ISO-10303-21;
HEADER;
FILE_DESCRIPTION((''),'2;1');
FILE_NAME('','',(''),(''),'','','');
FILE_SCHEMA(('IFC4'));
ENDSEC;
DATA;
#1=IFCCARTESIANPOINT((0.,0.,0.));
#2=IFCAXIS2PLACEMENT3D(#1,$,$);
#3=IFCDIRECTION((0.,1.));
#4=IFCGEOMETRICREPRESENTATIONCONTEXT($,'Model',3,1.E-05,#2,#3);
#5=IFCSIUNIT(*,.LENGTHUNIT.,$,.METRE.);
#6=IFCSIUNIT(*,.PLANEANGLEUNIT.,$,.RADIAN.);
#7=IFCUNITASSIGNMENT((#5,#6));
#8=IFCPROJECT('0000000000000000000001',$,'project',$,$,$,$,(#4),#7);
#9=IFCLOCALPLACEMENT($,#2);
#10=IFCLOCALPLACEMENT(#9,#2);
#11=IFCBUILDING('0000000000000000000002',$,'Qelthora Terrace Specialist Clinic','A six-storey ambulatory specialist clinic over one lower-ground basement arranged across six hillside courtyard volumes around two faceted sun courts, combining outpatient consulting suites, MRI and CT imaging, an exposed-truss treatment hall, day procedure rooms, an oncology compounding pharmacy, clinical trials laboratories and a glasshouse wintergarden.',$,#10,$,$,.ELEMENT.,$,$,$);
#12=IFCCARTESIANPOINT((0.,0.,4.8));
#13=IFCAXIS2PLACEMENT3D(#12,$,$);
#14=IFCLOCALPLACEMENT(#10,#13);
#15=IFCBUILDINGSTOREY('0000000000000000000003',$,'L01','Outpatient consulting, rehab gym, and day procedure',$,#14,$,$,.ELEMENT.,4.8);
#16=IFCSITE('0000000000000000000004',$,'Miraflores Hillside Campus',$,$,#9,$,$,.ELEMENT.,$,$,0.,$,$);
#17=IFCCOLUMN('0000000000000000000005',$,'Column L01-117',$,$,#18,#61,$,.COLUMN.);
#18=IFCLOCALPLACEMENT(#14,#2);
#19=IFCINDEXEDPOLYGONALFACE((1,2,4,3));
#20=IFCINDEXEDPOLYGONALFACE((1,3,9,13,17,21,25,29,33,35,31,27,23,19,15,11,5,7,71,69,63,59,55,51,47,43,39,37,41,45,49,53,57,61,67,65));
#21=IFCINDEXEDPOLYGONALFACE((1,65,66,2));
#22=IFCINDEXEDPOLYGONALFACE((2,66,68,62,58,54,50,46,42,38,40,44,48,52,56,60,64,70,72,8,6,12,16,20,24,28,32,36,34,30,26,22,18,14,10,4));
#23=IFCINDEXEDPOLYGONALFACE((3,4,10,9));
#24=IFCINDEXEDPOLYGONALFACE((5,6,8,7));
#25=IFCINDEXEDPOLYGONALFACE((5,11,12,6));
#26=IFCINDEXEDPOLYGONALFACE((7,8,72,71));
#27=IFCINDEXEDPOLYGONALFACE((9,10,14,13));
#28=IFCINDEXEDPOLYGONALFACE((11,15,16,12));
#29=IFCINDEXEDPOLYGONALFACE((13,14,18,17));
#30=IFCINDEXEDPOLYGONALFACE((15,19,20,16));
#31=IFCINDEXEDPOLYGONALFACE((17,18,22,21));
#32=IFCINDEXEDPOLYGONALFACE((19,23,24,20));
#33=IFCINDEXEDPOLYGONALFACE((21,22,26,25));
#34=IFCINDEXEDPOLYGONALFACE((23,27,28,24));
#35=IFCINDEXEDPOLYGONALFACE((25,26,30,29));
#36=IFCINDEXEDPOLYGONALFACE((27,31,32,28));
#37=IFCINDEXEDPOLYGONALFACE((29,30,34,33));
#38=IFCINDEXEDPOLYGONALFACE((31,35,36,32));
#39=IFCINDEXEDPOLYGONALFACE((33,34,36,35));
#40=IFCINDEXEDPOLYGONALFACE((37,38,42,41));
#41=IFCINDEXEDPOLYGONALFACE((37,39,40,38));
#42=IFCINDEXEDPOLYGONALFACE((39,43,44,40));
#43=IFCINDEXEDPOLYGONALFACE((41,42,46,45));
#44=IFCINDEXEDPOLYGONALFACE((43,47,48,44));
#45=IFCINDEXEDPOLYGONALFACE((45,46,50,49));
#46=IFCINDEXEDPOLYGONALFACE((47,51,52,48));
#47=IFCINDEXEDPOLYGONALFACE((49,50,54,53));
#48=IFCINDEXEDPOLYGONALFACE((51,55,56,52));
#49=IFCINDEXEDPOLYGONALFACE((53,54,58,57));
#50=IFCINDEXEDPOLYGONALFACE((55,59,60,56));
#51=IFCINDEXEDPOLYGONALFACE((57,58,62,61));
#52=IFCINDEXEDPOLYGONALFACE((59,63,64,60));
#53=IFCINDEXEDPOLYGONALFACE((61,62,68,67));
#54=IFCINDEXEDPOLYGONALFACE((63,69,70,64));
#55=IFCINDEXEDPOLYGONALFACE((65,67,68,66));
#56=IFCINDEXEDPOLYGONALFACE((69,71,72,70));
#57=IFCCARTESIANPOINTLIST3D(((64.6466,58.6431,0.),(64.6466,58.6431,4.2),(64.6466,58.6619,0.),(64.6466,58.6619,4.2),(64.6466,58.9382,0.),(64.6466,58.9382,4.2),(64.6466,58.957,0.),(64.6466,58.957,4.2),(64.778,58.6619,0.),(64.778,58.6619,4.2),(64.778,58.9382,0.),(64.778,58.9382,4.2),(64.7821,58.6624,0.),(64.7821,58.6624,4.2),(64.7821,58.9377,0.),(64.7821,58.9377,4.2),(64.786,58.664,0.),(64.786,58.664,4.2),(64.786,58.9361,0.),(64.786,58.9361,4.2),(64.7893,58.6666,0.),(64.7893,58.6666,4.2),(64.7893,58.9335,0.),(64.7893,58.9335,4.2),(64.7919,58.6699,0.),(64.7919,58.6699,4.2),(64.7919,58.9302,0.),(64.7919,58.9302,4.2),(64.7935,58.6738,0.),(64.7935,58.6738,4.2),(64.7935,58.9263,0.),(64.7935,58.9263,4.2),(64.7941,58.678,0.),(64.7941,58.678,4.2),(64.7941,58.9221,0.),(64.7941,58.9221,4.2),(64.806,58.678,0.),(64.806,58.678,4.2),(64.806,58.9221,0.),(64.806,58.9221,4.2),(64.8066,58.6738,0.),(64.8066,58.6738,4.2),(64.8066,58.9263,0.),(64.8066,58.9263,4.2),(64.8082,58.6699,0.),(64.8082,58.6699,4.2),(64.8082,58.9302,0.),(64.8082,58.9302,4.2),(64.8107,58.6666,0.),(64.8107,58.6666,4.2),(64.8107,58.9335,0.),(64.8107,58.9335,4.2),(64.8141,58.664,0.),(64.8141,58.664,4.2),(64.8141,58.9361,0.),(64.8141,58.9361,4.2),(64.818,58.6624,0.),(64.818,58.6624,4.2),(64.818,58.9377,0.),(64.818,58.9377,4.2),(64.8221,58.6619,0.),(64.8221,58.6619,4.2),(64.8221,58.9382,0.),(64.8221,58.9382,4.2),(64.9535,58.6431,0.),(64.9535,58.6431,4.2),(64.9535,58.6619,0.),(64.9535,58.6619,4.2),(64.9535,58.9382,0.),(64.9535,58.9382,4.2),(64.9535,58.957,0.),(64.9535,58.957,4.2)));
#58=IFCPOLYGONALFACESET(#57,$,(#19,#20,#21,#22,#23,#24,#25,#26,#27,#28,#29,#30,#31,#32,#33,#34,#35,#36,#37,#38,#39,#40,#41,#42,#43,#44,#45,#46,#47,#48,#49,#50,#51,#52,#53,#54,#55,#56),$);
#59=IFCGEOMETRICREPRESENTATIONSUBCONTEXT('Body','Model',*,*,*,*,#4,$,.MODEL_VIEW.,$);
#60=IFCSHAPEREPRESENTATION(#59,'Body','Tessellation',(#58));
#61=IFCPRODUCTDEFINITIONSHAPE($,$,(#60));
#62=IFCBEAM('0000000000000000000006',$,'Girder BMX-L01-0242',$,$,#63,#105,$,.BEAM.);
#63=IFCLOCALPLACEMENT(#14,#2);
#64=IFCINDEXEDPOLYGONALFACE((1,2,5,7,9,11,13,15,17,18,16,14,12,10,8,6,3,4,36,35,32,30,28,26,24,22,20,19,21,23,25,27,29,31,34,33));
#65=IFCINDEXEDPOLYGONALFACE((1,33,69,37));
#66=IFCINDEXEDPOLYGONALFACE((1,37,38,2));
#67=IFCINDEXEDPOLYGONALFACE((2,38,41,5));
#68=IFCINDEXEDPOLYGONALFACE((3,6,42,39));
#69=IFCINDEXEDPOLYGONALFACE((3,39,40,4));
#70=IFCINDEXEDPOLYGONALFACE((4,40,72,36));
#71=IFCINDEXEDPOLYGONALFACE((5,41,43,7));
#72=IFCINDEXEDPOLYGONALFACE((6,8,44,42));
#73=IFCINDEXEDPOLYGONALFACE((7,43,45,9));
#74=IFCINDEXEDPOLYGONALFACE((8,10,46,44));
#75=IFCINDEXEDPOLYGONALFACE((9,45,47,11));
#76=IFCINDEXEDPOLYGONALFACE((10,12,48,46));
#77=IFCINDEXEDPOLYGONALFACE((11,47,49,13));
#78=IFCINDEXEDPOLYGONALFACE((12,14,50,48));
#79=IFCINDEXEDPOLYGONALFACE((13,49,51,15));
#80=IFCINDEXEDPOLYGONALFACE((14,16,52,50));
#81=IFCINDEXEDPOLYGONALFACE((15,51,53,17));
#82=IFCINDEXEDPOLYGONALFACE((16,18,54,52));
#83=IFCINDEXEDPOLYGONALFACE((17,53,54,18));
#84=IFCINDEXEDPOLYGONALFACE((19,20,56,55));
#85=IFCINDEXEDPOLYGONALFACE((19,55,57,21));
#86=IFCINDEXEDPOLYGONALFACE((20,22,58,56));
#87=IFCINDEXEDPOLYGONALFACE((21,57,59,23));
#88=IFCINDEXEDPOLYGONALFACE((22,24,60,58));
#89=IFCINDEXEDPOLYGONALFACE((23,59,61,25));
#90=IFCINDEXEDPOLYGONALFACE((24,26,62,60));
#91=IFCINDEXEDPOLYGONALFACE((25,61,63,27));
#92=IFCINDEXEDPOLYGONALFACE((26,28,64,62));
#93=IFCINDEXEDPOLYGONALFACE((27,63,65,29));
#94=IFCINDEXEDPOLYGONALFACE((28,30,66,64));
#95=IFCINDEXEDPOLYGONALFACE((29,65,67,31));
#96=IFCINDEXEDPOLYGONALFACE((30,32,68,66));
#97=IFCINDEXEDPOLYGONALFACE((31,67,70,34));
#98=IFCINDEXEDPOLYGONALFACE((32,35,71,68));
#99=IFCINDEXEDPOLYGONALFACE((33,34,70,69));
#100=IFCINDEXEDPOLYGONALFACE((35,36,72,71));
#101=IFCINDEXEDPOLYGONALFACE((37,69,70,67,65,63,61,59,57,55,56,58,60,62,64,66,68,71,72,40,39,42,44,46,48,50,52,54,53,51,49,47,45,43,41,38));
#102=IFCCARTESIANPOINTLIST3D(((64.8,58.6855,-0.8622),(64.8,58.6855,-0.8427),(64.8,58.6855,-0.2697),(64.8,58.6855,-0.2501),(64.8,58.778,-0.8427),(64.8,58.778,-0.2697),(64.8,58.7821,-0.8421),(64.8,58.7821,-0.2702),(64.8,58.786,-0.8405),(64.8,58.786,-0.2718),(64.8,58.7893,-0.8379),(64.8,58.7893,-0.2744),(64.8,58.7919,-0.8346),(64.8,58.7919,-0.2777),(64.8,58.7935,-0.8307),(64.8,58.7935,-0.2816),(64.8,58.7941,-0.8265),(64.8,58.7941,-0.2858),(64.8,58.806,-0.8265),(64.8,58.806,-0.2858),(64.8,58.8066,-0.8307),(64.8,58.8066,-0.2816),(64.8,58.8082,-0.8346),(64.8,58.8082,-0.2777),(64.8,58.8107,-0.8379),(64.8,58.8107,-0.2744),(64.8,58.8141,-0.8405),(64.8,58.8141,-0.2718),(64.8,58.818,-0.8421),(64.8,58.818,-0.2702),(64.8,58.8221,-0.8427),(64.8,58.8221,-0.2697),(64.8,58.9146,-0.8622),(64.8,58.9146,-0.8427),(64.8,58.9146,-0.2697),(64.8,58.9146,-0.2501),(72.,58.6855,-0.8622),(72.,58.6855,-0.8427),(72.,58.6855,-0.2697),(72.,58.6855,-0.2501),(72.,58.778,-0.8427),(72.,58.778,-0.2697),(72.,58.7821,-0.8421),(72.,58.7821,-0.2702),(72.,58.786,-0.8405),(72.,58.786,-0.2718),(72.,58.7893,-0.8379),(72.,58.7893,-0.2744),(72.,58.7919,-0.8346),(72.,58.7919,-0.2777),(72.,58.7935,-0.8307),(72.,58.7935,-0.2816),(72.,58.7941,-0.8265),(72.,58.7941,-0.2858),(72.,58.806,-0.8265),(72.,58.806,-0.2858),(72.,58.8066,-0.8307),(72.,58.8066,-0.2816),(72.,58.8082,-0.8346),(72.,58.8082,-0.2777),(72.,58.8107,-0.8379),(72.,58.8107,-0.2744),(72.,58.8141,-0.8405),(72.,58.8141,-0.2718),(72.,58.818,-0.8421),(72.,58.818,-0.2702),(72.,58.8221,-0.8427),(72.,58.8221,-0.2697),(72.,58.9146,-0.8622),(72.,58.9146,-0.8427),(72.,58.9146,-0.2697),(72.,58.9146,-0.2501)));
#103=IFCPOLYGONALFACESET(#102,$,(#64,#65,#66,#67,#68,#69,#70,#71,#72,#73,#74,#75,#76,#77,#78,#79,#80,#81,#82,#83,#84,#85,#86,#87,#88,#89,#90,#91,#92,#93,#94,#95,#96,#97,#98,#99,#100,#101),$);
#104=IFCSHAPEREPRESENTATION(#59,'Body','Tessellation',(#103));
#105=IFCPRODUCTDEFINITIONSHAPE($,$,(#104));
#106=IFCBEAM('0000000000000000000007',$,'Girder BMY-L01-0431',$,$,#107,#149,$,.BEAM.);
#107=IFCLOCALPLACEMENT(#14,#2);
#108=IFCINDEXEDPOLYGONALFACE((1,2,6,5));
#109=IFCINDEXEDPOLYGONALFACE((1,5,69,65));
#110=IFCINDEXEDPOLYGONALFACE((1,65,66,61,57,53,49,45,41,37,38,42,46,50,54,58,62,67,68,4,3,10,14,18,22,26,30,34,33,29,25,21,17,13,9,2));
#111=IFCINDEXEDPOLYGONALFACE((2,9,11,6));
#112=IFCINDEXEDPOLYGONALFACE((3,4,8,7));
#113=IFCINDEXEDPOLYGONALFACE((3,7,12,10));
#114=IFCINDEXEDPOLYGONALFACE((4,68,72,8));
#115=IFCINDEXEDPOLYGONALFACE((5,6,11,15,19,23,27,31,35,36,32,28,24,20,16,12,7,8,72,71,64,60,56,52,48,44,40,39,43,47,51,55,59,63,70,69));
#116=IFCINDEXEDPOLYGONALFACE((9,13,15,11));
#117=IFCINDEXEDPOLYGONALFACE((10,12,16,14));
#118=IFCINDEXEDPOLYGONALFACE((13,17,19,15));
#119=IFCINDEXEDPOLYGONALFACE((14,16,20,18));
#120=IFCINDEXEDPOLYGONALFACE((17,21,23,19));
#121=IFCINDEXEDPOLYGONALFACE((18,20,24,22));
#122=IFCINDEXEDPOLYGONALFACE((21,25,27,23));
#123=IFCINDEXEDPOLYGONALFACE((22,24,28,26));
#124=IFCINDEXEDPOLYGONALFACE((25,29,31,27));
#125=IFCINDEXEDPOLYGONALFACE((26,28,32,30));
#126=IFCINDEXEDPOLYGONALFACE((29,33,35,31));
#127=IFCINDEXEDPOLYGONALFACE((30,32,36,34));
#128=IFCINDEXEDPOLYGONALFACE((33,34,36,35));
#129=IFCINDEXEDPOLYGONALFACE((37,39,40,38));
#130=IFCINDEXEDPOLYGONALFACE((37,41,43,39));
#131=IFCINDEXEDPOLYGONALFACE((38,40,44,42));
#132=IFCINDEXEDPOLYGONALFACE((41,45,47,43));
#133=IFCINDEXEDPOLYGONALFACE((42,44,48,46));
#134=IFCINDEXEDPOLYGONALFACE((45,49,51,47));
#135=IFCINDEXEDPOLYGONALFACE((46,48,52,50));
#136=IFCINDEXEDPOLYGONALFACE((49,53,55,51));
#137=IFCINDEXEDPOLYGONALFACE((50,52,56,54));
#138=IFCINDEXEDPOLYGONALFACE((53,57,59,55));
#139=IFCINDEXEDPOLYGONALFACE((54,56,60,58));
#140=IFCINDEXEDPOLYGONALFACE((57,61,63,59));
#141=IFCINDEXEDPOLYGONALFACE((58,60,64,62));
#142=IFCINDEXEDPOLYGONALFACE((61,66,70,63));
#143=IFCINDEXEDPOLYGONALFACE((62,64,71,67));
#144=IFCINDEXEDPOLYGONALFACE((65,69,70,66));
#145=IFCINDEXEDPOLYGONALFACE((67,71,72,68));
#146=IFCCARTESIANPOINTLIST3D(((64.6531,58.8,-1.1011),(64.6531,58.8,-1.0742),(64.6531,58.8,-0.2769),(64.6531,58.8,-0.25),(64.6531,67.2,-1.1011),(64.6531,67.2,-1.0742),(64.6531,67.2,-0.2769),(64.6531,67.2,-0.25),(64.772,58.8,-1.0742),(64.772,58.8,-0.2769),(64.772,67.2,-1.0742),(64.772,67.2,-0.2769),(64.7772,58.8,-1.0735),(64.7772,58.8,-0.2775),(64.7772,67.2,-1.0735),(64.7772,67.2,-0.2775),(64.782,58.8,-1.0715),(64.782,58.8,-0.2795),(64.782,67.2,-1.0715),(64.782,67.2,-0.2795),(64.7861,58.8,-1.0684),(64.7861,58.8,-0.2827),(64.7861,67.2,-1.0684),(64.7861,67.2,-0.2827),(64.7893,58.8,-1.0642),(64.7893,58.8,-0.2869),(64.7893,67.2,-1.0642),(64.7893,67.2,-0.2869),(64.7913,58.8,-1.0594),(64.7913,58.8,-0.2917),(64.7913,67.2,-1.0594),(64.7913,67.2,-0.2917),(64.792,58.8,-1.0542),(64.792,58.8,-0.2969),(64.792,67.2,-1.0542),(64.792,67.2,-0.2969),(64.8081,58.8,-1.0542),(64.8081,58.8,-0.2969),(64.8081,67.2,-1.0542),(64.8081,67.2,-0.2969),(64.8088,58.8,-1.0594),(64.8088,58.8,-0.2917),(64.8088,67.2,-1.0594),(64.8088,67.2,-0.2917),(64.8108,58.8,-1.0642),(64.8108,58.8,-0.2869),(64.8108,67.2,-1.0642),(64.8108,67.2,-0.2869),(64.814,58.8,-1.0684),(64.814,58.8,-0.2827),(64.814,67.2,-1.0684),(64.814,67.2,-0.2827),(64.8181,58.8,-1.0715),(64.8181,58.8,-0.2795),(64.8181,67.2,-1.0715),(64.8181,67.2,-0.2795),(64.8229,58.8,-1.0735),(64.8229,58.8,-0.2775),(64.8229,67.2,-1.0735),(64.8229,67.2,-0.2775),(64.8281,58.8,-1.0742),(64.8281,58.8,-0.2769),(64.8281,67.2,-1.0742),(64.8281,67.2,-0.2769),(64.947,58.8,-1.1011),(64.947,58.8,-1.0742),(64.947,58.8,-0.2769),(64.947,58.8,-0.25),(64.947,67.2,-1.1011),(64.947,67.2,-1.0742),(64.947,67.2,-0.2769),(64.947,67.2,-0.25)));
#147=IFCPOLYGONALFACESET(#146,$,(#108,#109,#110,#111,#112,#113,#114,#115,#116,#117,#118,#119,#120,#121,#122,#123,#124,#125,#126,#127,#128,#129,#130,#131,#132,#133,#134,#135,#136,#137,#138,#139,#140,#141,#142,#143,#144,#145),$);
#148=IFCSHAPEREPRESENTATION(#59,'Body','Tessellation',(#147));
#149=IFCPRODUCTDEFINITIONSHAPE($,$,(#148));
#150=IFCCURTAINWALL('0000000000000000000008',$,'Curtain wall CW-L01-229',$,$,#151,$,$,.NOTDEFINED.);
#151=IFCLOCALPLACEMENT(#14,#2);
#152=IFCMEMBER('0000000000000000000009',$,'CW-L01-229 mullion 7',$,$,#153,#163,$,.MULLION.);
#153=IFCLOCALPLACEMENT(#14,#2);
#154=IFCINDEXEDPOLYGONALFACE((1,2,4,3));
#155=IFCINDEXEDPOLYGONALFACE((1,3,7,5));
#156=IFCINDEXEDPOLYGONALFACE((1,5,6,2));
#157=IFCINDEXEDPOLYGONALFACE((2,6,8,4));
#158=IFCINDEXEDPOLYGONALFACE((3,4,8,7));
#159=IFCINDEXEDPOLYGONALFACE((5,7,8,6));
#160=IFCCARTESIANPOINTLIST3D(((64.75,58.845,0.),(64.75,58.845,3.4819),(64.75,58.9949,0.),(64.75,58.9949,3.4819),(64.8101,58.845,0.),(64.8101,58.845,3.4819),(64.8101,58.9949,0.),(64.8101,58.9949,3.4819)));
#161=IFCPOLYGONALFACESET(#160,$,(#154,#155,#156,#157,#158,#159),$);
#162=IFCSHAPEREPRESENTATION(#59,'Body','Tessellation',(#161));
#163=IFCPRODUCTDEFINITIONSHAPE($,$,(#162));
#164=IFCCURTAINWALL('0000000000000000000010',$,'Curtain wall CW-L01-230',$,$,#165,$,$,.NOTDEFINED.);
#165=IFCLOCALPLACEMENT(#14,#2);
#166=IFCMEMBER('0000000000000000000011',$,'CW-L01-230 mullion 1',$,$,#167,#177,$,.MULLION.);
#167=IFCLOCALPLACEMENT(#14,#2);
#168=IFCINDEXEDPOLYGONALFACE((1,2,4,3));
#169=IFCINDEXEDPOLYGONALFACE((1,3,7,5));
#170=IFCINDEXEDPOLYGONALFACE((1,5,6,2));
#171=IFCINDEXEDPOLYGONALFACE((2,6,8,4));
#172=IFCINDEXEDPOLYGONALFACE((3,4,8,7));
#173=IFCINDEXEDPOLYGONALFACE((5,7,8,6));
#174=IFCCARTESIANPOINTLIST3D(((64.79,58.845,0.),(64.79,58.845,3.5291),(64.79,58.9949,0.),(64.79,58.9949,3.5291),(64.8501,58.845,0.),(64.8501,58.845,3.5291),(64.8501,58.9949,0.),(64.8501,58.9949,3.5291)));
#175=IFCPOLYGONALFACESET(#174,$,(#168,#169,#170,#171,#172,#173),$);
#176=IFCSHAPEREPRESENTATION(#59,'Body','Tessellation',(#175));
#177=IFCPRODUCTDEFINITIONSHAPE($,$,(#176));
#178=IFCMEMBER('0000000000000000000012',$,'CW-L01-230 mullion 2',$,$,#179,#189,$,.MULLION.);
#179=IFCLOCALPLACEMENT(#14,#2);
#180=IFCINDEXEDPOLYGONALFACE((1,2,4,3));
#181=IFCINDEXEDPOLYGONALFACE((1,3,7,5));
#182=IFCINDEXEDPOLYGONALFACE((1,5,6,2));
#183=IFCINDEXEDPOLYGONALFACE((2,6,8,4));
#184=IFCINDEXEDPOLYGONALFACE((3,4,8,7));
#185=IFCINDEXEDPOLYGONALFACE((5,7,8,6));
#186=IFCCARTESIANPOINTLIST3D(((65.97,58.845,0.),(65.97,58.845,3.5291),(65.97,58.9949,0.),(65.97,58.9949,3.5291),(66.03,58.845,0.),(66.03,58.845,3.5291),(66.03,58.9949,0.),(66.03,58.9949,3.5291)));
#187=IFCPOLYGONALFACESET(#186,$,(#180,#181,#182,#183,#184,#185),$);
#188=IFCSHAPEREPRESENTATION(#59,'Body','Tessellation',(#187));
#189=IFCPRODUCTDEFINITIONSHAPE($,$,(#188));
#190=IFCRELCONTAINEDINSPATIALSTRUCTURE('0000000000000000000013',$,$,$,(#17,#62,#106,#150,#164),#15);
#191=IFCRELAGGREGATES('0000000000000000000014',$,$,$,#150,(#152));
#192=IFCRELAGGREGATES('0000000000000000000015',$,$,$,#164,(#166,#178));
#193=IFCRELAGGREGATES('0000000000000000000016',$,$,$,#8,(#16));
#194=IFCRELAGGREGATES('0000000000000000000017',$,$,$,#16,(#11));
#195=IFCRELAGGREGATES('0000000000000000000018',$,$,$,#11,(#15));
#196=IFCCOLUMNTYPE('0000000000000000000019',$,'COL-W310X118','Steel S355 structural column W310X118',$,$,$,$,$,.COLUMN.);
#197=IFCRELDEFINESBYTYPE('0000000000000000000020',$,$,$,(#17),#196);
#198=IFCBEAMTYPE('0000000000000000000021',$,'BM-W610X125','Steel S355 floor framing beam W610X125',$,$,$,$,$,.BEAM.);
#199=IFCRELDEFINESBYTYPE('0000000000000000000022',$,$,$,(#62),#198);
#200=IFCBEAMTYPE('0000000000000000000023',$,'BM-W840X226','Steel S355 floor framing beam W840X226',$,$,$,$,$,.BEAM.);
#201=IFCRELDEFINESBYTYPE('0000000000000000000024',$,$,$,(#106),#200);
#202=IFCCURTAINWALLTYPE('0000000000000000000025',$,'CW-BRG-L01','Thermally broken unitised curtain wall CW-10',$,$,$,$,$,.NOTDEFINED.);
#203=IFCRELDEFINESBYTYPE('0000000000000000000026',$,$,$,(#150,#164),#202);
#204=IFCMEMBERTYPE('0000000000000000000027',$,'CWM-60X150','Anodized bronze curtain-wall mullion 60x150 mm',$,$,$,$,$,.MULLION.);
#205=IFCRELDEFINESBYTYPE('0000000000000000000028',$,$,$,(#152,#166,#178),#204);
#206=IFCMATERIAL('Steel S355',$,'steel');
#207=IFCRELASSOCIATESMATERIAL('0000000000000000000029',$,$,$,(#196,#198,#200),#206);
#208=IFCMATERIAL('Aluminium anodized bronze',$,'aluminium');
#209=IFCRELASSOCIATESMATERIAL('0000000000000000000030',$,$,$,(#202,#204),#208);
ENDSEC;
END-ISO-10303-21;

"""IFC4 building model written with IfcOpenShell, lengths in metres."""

from ifc_helpers import new_model, si_unit, direction, frame, origin, origin_2d, place, context, subcontext, project, spatial, rectangle, i_section, extrude, material, material_profile, profile_set, type_object, element, aggregate, save


model = new_model("IFC4")

# Units and contexts
model_context = context("Model", 3, precision=1e-05, world=origin(), true_north=direction((0.0, 1.0)))
body_context = subcontext(model_context, "Body", "Model", "MODEL_VIEW")
ifc_project = project(units=[si_unit("LENGTHUNIT", "METRE"), si_unit("PLANEANGLEUNIT", "RADIAN")], contexts=[model_context])

# Site, building, storey
site_placement = place(None, origin())
site = spatial("IfcSite", under=ifc_project, at=site_placement, Name="Miraflores Hillside Campus", CompositionType="ELEMENT", RefElevation=0.0)
building_placement = place(site_placement, origin())
building = spatial("IfcBuilding", under=site, at=building_placement, Name="Qelthora Terrace Specialist Clinic", Description="A six-storey ambulatory specialist clinic over one lower-ground basement arranged across six hillside courtyard volumes around two faceted sun courts, combining outpatient consulting suites, MRI and CT imaging, an exposed-truss treatment hall, day procedure rooms, an oncology compounding pharmacy, clinical trials laboratories and a glasshouse wintergarden.", CompositionType="ELEMENT")
storey_placement = place(building_placement, frame((0.0, 0.0, 4.8)))
storey = spatial("IfcBuildingStorey", under=building, at=storey_placement, Name="L01", Description="Outpatient consulting, rehab gym, and day procedure", CompositionType="ELEMENT", Elevation=4.8)

# Column
ifc_material_1 = material(Name="Steel S355", Category="steel")
ifc_material_profile_1 = material_profile(ifc_material_1, i_section(OverallWidth=0.3069, OverallDepth=0.314, WebThickness=0.012, FlangeThickness=0.0188, FilletRadius=0.0161, at=origin_2d()), Name="W310X118")
ifc_profile_set_1 = profile_set([ifc_material_profile_1], Name="Steel S355")
column_type = type_object("IfcColumnType", Name="COL-W310X118", Description="Steel S355 structural column W310X118", PredefinedType="COLUMN", material=ifc_profile_set_1)
column_placement = place(storey_placement, frame((64.8, 58.8, 0.0), z_axis=(0.0, 0.0, 1.0), x_axis=(1.0, 0.0, 0.0)))
element("IfcColumn", 1, at=column_placement, inside=storey, type_object=column_type, Name="Column L01-117", PredefinedType="COLUMN", context=body_context, shape_type="SweptSolid", body=[
    extrude(i_section(OverallWidth=0.3069, OverallDepth=0.314, WebThickness=0.012, FlangeThickness=0.0188, FilletRadius=0.0161, at=origin_2d()), origin(), (0.0, 0.0, 1.0), 4.2),
])

# Beams
ifc_material_profile_2 = material_profile(ifc_material_1, i_section(OverallWidth=0.229, OverallDepth=0.6121, WebThickness=0.012, FlangeThickness=0.0195, FilletRadius=0.0161, at=origin_2d()), Name="W610X125")
ifc_profile_set_2 = profile_set([ifc_material_profile_2], Name="Steel S355")
beam_type_1 = type_object("IfcBeamType", Name="BM-W610X125", Description="Steel S355 floor framing beam W610X125", PredefinedType="BEAM", material=ifc_profile_set_2)
beam_1_placement = place(storey_placement, frame((64.8, 58.8, -0.5562), z_axis=(1.0, 0.0, 0.0), x_axis=(0.0, 1.0, 0.0)))
element("IfcBeam", 2, at=beam_1_placement, inside=storey, type_object=beam_type_1, Name="Girder BMX-L01-0242", PredefinedType="BEAM", context=body_context, shape_type="SweptSolid", body=[
    extrude(i_section(OverallWidth=0.229, OverallDepth=0.6121, WebThickness=0.012, FlangeThickness=0.0195, FilletRadius=0.0161, at=origin_2d()), origin(), (0.0, 0.0, 1.0), 7.2),
])
ifc_material_profile_3 = material_profile(ifc_material_1, i_section(OverallWidth=0.2939, OverallDepth=0.8511, WebThickness=0.0161, FlangeThickness=0.0269, FilletRadius=0.02, at=origin_2d()), Name="W840X226")
ifc_profile_set_3 = profile_set([ifc_material_profile_3], Name="Steel S355")
beam_type_2 = type_object("IfcBeamType", Name="BM-W840X226", Description="Steel S355 floor framing beam W840X226", PredefinedType="BEAM", material=ifc_profile_set_3)
beam_2_placement = place(storey_placement, frame((64.8, 58.8, -0.6755), z_axis=(0.0, 1.0, 0.0), x_axis=(-1.0, 0.0, 0.0)))
element("IfcBeam", 3, at=beam_2_placement, inside=storey, type_object=beam_type_2, Name="Girder BMY-L01-0431", PredefinedType="BEAM", context=body_context, shape_type="SweptSolid", body=[
    extrude(i_section(OverallWidth=0.2939, OverallDepth=0.8511, WebThickness=0.0161, FlangeThickness=0.0269, FilletRadius=0.02, at=origin_2d()), origin(), (0.0, 0.0, 1.0), 8.3999),
])

# Curtain wall, member
ifc_material_2 = material(Name="Aluminium anodized bronze", Category="aluminium")
curtain_wall_type = type_object("IfcCurtainWallType", Name="CW-BRG-L01", Description="Thermally broken unitised curtain wall CW-10", PredefinedType="NOTDEFINED", material=ifc_material_2)
curtain_wall_1_placement = place(storey_placement, origin())
curtain_wall_1 = element("IfcCurtainWall", 4, at=curtain_wall_1_placement, inside=storey, type_object=curtain_wall_type, Name="Curtain wall CW-L01-229", PredefinedType="NOTDEFINED")
ifc_material_profile_4 = material_profile(ifc_material_2, rectangle(XDim=0.0601, YDim=0.1499, at=origin_2d()), Name="CWM60X150")
ifc_profile_set_4 = profile_set([ifc_material_profile_4], Name="Aluminium anodized bronze")
member_type_1 = type_object("IfcMemberType", Name="CWM-60X150", Description="Anodized bronze curtain-wall mullion 60x150 mm", PredefinedType="MULLION", material=ifc_profile_set_4)
member_1_placement = place(storey_placement, frame((64.78, 58.9199, 0.0), z_axis=(0.0, 0.0, 1.0), x_axis=(1.0, 0.0, 0.0)))
member_1 = element("IfcMember", 5, at=member_1_placement, type_object=member_type_1, Name="CW-L01-229 mullion 7", PredefinedType="MULLION", context=body_context, shape_type="SweptSolid", body=[
    extrude(rectangle(XDim=0.0601, YDim=0.1499, at=origin_2d()), origin(), (0.0, 0.0, 1.0), 3.4819),
])
aggregate(curtain_wall_1, [member_1])

# Curtain wall, members
curtain_wall_2_placement = place(storey_placement, origin())
curtain_wall_2 = element("IfcCurtainWall", 6, at=curtain_wall_2_placement, inside=storey, type_object=curtain_wall_type, Name="Curtain wall CW-L01-230", PredefinedType="NOTDEFINED")
member_2_placement = place(storey_placement, frame((64.8201, 58.9199, 0.0), z_axis=(0.0, 0.0, 1.0), x_axis=(1.0, 0.0, 0.0)))
member_2 = element("IfcMember", 7, at=member_2_placement, type_object=member_type_1, Name="CW-L01-230 mullion 1", PredefinedType="MULLION", context=body_context, shape_type="SweptSolid", body=[
    extrude(rectangle(XDim=0.0601, YDim=0.1499, at=origin_2d()), origin(), (0.0, 0.0, 1.0), 3.5291),
])
member_3_placement = place(storey_placement, frame((66.0, 58.9199, 0.0), z_axis=(0.0, 0.0, 1.0), x_axis=(1.0, 0.0, 0.0)))
member_3 = element("IfcMember", 8, at=member_3_placement, type_object=member_type_1, Name="CW-L01-230 mullion 2", PredefinedType="MULLION", context=body_context, shape_type="SweptSolid", body=[
    extrude(rectangle(XDim=0.0601, YDim=0.1499, at=origin_2d()), origin(), (0.0, 0.0, 1.0), 3.5291),
])

aggregate(curtain_wall_2, [member_2, member_3])

save(model, "model.ifc")
